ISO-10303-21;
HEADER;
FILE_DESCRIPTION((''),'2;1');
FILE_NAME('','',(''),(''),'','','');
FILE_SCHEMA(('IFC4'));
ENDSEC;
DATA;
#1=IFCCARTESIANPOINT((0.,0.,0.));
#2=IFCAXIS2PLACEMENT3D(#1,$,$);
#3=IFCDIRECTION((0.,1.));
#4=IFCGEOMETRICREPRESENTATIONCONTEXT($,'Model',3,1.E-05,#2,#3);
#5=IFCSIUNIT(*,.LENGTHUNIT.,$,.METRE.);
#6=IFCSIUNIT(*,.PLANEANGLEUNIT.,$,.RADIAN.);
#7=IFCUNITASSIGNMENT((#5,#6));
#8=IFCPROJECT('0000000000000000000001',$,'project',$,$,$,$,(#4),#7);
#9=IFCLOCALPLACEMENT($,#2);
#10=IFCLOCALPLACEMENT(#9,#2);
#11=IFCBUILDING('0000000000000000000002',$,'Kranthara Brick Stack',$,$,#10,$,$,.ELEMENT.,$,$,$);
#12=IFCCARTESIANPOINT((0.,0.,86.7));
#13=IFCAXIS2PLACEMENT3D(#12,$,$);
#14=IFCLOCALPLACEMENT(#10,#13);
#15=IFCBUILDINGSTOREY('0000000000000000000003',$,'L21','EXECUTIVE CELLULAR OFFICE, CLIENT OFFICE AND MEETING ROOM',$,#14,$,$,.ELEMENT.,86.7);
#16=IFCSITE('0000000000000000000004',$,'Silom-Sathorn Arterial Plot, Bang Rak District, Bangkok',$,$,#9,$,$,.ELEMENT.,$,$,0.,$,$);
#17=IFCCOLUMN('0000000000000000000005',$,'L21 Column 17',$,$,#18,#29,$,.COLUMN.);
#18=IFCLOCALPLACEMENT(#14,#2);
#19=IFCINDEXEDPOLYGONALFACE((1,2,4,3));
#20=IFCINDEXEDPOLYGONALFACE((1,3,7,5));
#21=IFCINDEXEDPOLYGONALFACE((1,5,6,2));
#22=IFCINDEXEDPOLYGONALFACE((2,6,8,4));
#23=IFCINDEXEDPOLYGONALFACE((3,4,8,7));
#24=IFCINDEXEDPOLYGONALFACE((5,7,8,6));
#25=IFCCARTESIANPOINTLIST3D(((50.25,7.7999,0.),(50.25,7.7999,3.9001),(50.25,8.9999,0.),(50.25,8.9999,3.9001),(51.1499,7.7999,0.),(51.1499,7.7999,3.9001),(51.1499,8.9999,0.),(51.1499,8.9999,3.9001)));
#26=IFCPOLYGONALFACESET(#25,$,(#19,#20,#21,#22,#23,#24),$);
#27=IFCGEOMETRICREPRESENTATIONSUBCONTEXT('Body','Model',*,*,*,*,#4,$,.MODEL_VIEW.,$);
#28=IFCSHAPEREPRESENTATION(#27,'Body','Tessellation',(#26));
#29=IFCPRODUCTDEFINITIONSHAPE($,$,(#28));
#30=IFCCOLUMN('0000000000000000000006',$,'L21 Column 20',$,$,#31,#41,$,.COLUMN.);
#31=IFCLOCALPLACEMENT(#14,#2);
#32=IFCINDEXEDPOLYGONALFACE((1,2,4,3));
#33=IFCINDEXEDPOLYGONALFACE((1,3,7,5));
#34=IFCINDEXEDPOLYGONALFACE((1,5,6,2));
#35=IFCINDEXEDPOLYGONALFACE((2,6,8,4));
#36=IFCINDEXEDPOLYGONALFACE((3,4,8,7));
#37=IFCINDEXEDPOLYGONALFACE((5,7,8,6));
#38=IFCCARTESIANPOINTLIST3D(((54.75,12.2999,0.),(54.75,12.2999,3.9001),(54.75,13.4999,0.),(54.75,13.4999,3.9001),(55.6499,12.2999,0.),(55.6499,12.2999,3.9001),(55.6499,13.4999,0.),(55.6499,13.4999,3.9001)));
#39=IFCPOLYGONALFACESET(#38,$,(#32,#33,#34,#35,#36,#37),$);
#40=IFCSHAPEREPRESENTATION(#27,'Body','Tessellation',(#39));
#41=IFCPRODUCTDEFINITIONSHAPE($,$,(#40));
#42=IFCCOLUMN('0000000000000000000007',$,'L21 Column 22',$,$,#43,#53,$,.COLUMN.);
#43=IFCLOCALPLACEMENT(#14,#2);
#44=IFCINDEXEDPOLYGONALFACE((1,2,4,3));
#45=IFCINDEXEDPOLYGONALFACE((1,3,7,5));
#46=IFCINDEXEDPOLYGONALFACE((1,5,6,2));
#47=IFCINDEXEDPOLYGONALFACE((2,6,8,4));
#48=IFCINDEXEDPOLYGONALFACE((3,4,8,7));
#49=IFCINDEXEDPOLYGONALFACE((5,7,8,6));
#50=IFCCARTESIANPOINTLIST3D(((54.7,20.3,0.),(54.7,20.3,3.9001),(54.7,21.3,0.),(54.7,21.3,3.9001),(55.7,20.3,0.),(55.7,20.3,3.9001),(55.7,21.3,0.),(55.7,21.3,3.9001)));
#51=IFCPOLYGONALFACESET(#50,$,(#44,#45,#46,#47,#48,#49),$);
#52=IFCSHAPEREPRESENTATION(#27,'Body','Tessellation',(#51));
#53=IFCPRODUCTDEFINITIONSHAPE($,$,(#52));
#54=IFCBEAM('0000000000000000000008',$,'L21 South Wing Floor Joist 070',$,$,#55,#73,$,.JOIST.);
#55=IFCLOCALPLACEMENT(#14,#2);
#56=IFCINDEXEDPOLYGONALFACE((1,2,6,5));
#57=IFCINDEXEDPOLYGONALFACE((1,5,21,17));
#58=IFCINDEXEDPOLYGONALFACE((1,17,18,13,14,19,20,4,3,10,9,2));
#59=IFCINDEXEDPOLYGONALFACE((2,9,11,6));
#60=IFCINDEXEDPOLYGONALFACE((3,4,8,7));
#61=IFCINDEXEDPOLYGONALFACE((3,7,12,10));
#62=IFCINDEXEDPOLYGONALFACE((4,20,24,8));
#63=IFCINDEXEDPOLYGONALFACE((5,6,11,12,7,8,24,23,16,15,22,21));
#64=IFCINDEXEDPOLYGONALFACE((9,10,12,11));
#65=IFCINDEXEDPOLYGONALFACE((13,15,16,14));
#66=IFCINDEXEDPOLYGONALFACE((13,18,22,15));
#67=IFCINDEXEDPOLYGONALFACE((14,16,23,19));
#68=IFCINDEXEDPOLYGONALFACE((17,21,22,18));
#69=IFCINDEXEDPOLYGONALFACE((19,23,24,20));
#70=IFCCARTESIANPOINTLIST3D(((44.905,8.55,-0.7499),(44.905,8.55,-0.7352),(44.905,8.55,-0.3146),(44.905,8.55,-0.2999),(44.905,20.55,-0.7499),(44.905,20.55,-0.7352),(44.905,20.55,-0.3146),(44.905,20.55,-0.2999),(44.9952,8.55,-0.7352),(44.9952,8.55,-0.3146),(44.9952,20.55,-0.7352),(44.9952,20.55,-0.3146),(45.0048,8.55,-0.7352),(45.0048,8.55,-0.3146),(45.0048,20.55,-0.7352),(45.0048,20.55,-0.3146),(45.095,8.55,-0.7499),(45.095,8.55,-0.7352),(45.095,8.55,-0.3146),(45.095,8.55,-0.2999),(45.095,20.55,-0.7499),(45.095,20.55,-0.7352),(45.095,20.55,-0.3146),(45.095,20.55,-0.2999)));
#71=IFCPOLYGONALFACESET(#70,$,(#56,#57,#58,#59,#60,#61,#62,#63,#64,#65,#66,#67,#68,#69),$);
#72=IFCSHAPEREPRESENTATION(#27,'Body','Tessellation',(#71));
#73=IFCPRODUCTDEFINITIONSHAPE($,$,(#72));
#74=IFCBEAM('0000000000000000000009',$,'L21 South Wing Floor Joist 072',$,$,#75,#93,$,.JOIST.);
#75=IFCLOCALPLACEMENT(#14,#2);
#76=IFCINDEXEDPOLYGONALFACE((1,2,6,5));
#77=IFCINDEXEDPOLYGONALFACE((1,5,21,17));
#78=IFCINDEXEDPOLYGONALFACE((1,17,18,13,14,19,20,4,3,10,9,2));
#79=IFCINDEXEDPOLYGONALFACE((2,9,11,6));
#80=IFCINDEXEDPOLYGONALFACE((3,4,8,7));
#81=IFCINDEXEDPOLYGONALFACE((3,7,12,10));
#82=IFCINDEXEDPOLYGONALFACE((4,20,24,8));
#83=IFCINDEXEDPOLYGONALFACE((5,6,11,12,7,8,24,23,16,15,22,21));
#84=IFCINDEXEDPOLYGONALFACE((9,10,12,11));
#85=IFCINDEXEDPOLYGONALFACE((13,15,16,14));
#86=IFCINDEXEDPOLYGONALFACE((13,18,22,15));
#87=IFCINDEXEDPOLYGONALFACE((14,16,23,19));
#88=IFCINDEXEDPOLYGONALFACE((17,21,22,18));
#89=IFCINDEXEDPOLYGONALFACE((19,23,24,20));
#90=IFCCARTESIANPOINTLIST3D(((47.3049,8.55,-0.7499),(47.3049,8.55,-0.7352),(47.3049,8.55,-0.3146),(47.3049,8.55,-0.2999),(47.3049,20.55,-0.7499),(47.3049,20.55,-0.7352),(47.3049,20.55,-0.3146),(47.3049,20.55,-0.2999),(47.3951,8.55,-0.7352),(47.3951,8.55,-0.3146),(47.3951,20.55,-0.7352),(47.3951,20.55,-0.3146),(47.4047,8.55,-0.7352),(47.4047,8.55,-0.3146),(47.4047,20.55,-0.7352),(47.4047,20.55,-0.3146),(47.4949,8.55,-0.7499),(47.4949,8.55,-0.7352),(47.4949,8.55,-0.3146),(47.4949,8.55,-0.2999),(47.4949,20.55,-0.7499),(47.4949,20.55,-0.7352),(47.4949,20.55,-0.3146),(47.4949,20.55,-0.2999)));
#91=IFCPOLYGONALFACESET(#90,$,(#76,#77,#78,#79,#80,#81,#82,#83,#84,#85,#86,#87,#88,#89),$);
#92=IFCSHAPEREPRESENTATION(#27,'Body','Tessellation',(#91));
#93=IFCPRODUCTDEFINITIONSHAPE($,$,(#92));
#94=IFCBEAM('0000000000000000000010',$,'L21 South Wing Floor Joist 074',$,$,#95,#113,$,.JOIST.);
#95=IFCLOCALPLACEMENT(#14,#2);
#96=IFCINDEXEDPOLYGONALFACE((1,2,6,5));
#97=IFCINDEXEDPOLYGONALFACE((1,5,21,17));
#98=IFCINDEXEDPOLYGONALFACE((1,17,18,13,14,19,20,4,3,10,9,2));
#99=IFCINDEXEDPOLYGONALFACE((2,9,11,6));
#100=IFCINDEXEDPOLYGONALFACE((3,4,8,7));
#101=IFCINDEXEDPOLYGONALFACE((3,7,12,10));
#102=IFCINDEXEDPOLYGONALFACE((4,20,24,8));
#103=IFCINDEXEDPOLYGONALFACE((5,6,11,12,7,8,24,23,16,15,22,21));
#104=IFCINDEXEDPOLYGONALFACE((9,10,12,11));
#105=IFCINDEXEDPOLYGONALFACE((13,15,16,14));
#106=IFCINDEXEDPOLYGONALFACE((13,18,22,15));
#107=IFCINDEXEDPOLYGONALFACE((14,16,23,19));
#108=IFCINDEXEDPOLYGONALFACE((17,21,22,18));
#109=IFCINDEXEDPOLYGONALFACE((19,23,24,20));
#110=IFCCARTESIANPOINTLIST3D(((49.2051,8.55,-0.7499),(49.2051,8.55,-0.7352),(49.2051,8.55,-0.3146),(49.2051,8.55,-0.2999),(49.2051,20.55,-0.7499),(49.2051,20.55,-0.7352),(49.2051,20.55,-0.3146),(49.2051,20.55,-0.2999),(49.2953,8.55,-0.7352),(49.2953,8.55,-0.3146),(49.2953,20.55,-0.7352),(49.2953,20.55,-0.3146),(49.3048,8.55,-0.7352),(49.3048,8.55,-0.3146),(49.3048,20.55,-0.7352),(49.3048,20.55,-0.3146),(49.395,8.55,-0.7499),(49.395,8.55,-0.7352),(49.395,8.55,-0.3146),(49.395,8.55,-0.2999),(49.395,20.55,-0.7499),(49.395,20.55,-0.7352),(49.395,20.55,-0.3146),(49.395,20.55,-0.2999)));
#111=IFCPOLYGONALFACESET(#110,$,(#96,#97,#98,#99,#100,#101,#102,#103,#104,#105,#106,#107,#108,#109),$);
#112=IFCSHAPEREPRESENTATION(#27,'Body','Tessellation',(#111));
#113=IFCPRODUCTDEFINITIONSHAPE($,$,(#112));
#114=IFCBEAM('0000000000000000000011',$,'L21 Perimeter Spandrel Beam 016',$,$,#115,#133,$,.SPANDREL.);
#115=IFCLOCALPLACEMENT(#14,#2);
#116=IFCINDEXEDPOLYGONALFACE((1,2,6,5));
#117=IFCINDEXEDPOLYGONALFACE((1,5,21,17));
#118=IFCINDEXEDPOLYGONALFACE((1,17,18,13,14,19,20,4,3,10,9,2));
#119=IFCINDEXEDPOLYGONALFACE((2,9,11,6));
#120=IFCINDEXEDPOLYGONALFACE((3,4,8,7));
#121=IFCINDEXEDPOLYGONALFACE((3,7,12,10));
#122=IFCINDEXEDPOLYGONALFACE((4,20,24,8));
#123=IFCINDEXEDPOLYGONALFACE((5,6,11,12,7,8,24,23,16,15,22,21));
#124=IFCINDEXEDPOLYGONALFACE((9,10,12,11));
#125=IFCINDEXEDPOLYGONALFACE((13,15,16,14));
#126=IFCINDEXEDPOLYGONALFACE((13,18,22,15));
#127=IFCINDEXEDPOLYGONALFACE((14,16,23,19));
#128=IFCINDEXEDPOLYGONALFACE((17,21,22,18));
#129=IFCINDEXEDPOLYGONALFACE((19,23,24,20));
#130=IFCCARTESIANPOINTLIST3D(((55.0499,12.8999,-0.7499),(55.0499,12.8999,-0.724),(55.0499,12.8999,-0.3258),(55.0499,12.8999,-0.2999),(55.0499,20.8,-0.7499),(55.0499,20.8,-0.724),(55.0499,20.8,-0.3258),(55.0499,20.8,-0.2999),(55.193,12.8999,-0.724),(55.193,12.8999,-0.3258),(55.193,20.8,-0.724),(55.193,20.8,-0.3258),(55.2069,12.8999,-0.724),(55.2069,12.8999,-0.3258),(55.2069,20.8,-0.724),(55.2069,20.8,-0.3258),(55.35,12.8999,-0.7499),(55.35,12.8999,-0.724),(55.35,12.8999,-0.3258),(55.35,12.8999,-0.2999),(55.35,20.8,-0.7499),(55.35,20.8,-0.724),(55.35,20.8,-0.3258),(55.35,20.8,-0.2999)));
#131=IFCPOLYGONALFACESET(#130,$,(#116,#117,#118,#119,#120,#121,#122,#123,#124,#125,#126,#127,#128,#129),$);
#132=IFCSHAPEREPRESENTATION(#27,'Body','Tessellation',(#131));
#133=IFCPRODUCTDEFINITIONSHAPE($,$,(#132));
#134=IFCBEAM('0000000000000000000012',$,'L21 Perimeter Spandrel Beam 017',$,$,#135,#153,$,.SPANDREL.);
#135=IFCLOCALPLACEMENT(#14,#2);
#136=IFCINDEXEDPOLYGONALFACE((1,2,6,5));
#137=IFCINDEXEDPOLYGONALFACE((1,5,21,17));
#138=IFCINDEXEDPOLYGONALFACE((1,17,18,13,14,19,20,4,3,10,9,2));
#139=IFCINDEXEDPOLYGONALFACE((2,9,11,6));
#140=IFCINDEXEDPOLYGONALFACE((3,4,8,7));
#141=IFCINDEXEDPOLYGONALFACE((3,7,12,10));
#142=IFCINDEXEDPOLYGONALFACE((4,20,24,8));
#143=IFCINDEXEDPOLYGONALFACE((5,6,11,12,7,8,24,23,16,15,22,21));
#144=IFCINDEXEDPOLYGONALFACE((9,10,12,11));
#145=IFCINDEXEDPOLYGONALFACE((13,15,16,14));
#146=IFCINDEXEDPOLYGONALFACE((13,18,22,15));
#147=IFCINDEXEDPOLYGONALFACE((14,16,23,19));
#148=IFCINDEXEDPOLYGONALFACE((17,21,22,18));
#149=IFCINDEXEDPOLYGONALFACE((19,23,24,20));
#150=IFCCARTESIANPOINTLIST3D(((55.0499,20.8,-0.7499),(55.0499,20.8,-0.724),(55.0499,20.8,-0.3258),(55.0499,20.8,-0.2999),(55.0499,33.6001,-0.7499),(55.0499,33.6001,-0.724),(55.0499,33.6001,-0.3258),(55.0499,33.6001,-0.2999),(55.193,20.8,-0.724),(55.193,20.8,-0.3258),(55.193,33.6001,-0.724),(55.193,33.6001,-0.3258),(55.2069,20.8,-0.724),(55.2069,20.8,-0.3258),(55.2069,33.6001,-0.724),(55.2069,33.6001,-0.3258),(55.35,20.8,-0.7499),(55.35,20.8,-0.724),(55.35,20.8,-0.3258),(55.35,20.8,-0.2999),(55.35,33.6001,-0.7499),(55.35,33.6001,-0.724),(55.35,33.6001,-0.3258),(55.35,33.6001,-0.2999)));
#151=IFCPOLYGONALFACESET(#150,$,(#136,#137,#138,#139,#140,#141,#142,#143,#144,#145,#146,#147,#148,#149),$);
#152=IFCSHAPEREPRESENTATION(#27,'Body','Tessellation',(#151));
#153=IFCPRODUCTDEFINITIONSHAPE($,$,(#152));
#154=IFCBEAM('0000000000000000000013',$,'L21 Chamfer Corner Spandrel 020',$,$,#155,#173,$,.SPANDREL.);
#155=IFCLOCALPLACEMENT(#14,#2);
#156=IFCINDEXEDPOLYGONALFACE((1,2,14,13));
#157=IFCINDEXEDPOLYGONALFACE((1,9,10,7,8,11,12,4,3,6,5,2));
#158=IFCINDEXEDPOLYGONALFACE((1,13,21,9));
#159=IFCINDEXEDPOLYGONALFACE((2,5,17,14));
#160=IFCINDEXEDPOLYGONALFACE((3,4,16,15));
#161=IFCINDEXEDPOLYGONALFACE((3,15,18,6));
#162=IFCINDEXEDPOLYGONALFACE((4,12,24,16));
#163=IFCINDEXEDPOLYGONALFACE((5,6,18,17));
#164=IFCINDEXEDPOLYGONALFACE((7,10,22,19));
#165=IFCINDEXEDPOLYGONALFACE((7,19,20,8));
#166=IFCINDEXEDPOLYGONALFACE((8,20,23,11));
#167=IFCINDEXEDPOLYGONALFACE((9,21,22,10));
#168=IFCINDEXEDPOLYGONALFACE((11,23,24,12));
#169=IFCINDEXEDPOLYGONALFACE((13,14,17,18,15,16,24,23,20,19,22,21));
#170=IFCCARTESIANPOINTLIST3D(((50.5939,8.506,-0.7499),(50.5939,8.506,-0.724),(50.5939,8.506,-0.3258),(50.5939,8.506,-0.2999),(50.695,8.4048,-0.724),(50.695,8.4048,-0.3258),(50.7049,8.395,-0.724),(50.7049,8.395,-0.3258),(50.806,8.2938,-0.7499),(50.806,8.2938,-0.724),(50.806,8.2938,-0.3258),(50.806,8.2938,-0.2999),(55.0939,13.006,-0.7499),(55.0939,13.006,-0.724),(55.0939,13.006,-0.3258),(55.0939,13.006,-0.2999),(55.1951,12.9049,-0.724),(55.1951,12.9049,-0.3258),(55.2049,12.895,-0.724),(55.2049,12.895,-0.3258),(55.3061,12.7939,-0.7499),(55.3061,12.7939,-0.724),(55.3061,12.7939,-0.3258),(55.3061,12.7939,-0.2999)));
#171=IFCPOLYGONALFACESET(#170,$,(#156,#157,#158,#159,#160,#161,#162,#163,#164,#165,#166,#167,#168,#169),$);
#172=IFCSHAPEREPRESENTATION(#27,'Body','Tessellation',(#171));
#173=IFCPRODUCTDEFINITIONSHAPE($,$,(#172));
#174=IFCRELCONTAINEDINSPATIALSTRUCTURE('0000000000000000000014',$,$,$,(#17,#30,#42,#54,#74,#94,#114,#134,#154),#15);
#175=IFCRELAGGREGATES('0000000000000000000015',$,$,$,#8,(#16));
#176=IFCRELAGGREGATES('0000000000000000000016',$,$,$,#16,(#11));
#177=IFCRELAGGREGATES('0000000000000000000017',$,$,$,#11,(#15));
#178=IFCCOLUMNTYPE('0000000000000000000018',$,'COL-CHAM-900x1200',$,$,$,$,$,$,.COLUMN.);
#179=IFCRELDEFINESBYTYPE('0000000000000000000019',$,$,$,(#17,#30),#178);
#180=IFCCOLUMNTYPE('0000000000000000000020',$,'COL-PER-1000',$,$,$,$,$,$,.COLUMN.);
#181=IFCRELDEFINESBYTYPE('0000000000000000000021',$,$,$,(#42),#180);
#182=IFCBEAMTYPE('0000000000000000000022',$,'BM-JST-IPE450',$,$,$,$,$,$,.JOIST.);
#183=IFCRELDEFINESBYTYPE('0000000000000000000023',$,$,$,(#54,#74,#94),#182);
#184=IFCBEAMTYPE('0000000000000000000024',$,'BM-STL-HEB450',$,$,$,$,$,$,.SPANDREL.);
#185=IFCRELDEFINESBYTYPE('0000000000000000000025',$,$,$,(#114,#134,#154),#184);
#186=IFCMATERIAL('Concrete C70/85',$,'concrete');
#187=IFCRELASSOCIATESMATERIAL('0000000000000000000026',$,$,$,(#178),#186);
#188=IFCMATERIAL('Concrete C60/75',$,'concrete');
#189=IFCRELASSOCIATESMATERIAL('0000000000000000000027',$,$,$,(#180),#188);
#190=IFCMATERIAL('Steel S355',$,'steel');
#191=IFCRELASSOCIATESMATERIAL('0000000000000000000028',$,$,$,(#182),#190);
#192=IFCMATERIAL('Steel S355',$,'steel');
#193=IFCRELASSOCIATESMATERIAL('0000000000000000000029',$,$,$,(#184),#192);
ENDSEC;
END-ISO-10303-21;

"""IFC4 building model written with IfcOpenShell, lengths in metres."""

from ifc_helpers import new_model, si_unit, direction, frame, origin, origin_2d, place, context, subcontext, project, spatial, rectangle, i_section, extrude, material, material_profile, profile_set, type_object, element, save


model = new_model("IFC4")

# Units and contexts
model_context = context("Model", 3, precision=1e-05, world=origin(), true_north=direction((0.0, 1.0)))
body_context = subcontext(model_context, "Body", "Model", "MODEL_VIEW")
ifc_project = project(units=[si_unit("LENGTHUNIT", "METRE"), si_unit("PLANEANGLEUNIT", "RADIAN")], contexts=[model_context])

# Site, building, storey
site_placement = place(None, origin())
site = spatial("IfcSite", under=ifc_project, at=site_placement, Name="Silom-Sathorn Arterial Plot, Bang Rak District, Bangkok", CompositionType="ELEMENT", RefElevation=0.0)
building_placement = place(site_placement, origin())
building = spatial("IfcBuilding", under=site, at=building_placement, Name="Kranthara Brick Stack", CompositionType="ELEMENT")
storey_placement = place(building_placement, frame((0.0, 0.0, 86.7)))
storey = spatial("IfcBuildingStorey", under=building, at=storey_placement, Name="L21", Description="EXECUTIVE CELLULAR OFFICE, CLIENT OFFICE AND MEETING ROOM", CompositionType="ELEMENT", Elevation=86.7)

# Columns
ifc_material_1 = material(Name="Concrete C70/85", Category="concrete")
ifc_material_profile_1 = material_profile(ifc_material_1, rectangle(XDim=0.8999, YDim=1.2, at=origin_2d()), Name="RC 900x1200")
ifc_profile_set_1 = profile_set([ifc_material_profile_1], Name="Concrete C70/85")
column_type_1 = type_object("IfcColumnType", Name="COL-CHAM-900x1200", PredefinedType="COLUMN", material=ifc_profile_set_1)
for number, where, z_axis, x_axis, name in (
    (1, (50.7, 8.3999, 0.0), (0.0, 0.0, 1.0), (1.0, 0.0, 0.0), "L21 Column 17"),
    (2, (55.2, 12.8999, 0.0), (0.0, 0.0, 1.0), (1.0, 0.0, 0.0), "L21 Column 20"),
):
    element("IfcColumn", number, at=place(storey_placement, frame(where, z_axis=z_axis, x_axis=x_axis)), inside=storey, type_object=column_type_1, Name=name, PredefinedType="COLUMN", context=body_context, shape_type="SweptSolid", body=[
        extrude(rectangle(XDim=0.8999, YDim=1.2, at=origin_2d()), origin(), (0.0, 0.0, 1.0), 3.9001),
    ])
ifc_material_2 = material(Name="Concrete C60/75", Category="concrete")
ifc_material_profile_2 = material_profile(ifc_material_2, rectangle(XDim=1.0, YDim=1.0, at=origin_2d()), Name="RC 1000x1000")
ifc_profile_set_2 = profile_set([ifc_material_profile_2], Name="Concrete C60/75")
column_type_2 = type_object("IfcColumnType", Name="COL-PER-1000", PredefinedType="COLUMN", material=ifc_profile_set_2)
column_placement = place(storey_placement, frame((55.2, 20.8, 0.0), z_axis=(0.0, 0.0, 1.0), x_axis=(1.0, 0.0, 0.0)))
element("IfcColumn", 3, at=column_placement, inside=storey, type_object=column_type_2, Name="L21 Column 22", PredefinedType="COLUMN", context=body_context, shape_type="SweptSolid", body=[
    extrude(rectangle(XDim=1.0, YDim=1.0, at=origin_2d()), origin(), (0.0, 0.0, 1.0), 3.9001),
])

# Beams
ifc_material_3 = material(Name="Steel S355", Category="steel")
ifc_material_profile_3 = material_profile(ifc_material_3, i_section(OverallWidth=0.1899, OverallDepth=0.45, WebThickness=0.0095, FlangeThickness=0.0146, at=origin_2d()), Name="IPE 450")
ifc_profile_set_3 = profile_set([ifc_material_profile_3], Name="Steel S355")
beam_type_1 = type_object("IfcBeamType", Name="BM-JST-IPE450", PredefinedType="JOIST", material=ifc_profile_set_3)
for number, where, z_axis, x_axis, name in (
    (4, (45.0, 8.55, -0.5249), (0.0, 1.0, 0.0), (-1.0, 0.0, 0.0), "L21 South Wing Floor Joist 070"),
    (5, (47.3999, 8.55, -0.5249), (0.0, 1.0, 0.0), (-1.0, 0.0, 0.0), "L21 South Wing Floor Joist 072"),
    (6, (49.3, 8.55, -0.5249), (0.0, 1.0, 0.0), (-1.0, 0.0, 0.0), "L21 South Wing Floor Joist 074"),
):
    element("IfcBeam", number, at=place(storey_placement, frame(where, z_axis=z_axis, x_axis=x_axis)), inside=storey, type_object=beam_type_1, Name=name, PredefinedType="JOIST", context=body_context, shape_type="SweptSolid", body=[
        extrude(i_section(OverallWidth=0.1899, OverallDepth=0.45, WebThickness=0.0095, FlangeThickness=0.0146, at=origin_2d()), origin(), (0.0, 0.0, 1.0), 12.0),
    ])
ifc_material_4 = material(Name="Steel S355", Category="steel")
ifc_material_profile_4 = material_profile(ifc_material_4, i_section(OverallWidth=0.3, OverallDepth=0.45, WebThickness=0.0139, FlangeThickness=0.0259, at=origin_2d()), Name="HEB 450")
ifc_profile_set_4 = profile_set([ifc_material_profile_4], Name="Steel S355")
beam_type_2 = type_object("IfcBeamType", Name="BM-STL-HEB450", PredefinedType="SPANDREL", material=ifc_profile_set_4)
beam_1_placement = place(storey_placement, frame((55.2, 12.8999, -0.5249), z_axis=(0.0, 1.0, 0.0), x_axis=(-1.0, 0.0, 0.0)))
element("IfcBeam", 7, at=beam_1_placement, inside=storey, type_object=beam_type_2, Name="L21 Perimeter Spandrel Beam 016", PredefinedType="SPANDREL", context=body_context, shape_type="SweptSolid", body=[
    extrude(i_section(OverallWidth=0.3, OverallDepth=0.45, WebThickness=0.0139, FlangeThickness=0.0259, at=origin_2d()), origin(), (0.0, 0.0, 1.0), 7.9001),
])
beam_2_placement = place(storey_placement, frame((55.2, 20.8, -0.5249), z_axis=(0.0, 1.0, 0.0), x_axis=(-1.0, 0.0, 0.0)))
element("IfcBeam", 8, at=beam_2_placement, inside=storey, type_object=beam_type_2, Name="L21 Perimeter Spandrel Beam 017", PredefinedType="SPANDREL", context=body_context, shape_type="SweptSolid", body=[
    extrude(i_section(OverallWidth=0.3, OverallDepth=0.45, WebThickness=0.0139, FlangeThickness=0.0259, at=origin_2d()), origin(), (0.0, 0.0, 1.0), 12.8),
])
beam_3_placement = place(storey_placement, frame((50.7, 8.3999, -0.5249), z_axis=(0.707107, 0.707107, 0.0), x_axis=(-0.707107, 0.707107, 0.0)))
element("IfcBeam", 9, at=beam_3_placement, inside=storey, type_object=beam_type_2, Name="L21 Chamfer Corner Spandrel 020", PredefinedType="SPANDREL", context=body_context, shape_type="SweptSolid", body=[
    extrude(i_section(OverallWidth=0.3, OverallDepth=0.45, WebThickness=0.0139, FlangeThickness=0.0259, at=origin_2d()), origin(), (0.0, 0.0, 1.0), 6.364),
])

save(model, "model.ifc")
